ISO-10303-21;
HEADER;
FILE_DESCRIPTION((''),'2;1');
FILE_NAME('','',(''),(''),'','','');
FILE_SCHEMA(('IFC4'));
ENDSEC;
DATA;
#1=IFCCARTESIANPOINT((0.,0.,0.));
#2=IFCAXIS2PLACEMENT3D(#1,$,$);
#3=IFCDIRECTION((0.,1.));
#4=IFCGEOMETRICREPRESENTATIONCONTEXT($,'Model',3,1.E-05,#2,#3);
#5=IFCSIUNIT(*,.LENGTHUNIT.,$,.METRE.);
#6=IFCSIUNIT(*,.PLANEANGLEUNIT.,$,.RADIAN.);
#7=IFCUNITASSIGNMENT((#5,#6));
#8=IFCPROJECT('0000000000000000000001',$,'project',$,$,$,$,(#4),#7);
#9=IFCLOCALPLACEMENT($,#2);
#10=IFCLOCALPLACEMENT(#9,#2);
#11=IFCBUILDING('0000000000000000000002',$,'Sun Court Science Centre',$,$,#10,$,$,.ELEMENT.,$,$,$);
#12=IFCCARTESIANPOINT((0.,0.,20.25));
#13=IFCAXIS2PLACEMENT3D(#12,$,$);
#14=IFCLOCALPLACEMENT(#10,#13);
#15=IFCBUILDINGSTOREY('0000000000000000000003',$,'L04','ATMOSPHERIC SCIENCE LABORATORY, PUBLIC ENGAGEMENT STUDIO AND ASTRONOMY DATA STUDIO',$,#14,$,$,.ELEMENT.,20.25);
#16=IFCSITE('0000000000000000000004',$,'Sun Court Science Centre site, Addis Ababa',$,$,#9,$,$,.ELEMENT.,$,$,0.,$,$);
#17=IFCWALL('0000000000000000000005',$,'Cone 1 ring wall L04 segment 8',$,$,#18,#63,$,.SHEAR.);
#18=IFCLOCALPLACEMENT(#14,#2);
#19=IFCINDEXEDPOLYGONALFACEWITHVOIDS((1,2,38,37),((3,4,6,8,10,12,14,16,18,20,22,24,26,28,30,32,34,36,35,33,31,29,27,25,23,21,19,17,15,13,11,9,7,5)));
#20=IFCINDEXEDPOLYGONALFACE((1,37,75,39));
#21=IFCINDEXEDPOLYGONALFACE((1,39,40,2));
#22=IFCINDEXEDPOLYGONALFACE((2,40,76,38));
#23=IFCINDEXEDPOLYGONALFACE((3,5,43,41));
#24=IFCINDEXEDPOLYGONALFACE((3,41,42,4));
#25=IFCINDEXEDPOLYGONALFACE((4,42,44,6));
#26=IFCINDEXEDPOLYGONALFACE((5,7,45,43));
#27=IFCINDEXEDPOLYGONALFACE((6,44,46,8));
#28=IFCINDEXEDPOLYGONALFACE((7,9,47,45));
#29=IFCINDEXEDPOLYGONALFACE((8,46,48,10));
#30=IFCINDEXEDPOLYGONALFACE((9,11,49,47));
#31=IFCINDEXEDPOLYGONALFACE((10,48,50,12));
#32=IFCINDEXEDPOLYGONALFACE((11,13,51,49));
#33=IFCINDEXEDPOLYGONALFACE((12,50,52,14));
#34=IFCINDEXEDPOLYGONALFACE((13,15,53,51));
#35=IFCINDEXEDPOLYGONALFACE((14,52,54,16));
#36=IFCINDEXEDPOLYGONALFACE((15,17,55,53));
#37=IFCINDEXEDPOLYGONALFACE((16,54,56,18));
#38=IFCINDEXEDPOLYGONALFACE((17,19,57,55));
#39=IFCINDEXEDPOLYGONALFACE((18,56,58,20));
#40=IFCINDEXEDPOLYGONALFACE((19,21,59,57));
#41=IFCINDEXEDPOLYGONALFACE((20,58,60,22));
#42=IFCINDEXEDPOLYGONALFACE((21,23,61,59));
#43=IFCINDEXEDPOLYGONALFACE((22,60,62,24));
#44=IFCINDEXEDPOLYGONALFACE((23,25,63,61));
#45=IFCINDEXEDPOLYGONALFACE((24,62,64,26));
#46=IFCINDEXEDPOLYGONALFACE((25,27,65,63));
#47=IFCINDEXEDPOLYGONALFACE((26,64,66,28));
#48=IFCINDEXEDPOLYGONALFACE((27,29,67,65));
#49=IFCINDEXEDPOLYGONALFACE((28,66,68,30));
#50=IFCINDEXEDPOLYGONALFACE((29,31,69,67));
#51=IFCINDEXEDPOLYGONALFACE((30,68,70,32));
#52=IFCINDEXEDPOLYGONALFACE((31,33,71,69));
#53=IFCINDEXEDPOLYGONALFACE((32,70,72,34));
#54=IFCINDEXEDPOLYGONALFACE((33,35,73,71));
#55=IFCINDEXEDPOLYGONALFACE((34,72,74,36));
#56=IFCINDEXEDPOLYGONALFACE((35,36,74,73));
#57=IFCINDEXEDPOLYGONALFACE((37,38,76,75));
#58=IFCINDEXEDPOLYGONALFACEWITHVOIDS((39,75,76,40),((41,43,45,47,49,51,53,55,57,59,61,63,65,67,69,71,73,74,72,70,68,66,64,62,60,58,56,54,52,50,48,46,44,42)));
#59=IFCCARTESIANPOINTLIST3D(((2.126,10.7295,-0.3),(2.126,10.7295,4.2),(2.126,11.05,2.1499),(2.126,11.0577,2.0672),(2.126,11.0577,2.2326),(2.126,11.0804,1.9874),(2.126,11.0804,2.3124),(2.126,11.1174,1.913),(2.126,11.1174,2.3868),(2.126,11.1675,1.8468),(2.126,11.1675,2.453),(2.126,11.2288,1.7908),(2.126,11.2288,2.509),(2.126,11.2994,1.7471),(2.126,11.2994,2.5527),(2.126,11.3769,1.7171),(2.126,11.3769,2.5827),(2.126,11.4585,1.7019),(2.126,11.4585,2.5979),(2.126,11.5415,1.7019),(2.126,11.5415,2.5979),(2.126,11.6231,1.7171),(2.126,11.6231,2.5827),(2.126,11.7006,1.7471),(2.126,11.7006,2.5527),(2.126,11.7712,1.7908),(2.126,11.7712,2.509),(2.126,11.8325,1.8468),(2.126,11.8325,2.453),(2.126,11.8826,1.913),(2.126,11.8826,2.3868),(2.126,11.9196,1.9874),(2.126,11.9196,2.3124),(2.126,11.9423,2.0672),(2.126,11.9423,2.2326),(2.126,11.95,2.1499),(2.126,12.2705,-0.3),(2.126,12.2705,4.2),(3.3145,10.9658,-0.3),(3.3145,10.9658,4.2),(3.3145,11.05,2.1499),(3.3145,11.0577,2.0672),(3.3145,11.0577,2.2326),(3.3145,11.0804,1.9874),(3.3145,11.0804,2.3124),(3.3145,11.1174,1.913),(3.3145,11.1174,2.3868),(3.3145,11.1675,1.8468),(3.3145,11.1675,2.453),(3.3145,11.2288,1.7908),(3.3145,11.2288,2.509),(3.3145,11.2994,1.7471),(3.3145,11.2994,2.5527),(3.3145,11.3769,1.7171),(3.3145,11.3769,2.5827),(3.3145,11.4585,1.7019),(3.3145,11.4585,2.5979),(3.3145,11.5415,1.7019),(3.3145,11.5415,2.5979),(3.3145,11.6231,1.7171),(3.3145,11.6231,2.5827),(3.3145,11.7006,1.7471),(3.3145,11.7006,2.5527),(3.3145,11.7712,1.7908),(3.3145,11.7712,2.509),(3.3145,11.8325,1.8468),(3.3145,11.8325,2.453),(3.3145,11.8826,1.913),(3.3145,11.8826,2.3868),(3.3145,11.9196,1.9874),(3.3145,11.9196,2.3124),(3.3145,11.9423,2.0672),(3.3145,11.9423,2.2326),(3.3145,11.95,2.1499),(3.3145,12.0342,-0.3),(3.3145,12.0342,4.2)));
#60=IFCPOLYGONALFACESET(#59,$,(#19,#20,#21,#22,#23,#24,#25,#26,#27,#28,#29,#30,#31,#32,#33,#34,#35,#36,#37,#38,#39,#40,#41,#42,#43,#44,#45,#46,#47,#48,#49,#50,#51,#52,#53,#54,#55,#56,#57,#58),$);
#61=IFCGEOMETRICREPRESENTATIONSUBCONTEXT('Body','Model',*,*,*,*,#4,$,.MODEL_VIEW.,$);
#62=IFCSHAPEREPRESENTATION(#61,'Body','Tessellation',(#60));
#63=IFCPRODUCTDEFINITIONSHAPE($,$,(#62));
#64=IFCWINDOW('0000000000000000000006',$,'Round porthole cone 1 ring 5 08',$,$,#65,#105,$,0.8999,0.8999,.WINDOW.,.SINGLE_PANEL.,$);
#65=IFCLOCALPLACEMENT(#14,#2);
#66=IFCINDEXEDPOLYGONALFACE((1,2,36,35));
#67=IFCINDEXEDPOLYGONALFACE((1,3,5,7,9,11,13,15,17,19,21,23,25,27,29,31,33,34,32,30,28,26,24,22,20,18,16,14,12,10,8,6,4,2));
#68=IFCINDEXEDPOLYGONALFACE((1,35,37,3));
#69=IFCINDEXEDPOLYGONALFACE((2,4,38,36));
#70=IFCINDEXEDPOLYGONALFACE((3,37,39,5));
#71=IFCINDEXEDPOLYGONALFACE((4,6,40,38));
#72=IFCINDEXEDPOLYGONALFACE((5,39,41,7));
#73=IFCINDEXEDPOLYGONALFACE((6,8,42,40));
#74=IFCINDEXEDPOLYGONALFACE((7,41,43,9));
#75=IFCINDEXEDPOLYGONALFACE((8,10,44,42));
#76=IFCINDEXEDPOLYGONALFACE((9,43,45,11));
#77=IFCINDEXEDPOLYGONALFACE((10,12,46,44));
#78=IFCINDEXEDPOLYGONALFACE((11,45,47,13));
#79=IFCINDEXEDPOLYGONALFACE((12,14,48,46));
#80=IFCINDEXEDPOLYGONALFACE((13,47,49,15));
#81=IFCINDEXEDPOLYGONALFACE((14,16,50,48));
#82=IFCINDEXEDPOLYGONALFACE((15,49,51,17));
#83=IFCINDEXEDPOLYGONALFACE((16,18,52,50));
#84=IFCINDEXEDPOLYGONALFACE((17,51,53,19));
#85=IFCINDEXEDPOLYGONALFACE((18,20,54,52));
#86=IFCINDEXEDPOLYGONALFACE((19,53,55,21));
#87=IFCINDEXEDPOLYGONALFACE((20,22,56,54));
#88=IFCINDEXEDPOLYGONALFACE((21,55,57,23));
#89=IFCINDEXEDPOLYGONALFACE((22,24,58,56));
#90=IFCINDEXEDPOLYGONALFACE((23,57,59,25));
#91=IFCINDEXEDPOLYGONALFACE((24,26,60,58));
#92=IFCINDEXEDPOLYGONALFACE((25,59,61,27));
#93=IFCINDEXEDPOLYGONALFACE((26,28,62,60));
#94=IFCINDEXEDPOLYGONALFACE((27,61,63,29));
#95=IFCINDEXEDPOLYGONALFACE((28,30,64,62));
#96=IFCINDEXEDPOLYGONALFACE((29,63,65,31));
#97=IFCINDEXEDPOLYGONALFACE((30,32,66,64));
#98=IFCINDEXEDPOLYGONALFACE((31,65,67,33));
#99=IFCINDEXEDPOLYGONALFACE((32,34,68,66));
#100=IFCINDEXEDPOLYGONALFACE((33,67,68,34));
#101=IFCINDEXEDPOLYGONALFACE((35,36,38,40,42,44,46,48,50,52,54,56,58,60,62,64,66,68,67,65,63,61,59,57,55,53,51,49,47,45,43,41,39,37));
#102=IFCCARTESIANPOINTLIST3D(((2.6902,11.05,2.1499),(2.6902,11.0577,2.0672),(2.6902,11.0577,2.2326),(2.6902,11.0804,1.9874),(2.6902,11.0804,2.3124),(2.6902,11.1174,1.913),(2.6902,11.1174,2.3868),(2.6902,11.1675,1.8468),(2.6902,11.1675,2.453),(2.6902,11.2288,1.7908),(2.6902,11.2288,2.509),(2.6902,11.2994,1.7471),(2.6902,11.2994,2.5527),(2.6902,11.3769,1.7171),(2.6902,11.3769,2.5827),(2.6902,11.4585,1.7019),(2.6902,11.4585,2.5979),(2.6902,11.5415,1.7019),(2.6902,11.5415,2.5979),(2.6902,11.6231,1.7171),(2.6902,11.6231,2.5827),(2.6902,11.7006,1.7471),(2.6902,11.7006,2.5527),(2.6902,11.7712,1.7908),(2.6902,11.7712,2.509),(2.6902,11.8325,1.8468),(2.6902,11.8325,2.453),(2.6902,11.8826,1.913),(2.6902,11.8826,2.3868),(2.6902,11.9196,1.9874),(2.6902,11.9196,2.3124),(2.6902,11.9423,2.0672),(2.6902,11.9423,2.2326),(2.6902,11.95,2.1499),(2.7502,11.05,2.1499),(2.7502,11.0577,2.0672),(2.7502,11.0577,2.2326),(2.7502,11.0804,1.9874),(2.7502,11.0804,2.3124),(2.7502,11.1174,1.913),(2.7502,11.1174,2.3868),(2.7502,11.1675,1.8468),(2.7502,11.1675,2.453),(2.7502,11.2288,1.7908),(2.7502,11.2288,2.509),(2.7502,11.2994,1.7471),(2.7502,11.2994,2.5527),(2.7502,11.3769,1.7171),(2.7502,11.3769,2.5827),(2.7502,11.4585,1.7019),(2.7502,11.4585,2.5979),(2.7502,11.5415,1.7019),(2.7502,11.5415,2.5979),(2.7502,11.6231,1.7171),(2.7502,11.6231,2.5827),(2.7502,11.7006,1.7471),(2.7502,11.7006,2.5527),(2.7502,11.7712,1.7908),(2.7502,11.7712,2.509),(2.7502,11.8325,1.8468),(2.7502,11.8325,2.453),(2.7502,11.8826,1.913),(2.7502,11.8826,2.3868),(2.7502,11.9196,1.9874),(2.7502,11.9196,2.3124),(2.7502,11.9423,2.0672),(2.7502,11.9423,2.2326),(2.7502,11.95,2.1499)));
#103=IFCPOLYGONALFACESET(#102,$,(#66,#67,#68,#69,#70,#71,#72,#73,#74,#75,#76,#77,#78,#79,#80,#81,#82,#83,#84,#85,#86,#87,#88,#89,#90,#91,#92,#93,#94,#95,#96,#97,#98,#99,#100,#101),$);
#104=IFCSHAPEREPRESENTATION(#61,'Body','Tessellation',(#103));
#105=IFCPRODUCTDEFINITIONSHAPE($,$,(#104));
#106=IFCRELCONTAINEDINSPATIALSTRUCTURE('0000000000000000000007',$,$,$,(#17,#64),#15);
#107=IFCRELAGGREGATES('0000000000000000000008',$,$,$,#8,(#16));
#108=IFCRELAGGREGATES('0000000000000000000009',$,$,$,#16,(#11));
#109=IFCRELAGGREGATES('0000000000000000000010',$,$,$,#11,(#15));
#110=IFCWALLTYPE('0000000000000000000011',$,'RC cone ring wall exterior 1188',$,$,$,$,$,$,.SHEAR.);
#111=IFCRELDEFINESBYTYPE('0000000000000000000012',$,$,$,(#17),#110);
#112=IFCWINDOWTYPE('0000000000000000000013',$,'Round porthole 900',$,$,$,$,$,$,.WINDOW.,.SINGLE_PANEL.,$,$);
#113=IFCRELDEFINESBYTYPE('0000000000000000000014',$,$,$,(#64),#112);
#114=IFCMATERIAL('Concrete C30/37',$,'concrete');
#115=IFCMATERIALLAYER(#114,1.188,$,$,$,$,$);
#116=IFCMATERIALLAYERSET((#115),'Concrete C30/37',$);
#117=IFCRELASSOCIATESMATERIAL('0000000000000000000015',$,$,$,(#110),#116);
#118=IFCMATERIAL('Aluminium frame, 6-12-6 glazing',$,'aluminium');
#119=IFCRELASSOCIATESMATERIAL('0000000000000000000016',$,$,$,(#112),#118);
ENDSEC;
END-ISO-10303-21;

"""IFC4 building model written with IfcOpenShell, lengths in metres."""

from ifc_helpers import new_model, si_unit, direction, frame, frame_2d, origin, place, context, subcontext, project, spatial, polyline, circle, outline, extrude, material, layer, layer_set, type_object, element, fill, save


model = new_model("IFC4")

# Units and contexts
model_context = context("Model", 3, precision=1e-05, world=origin(), true_north=direction((0.0, 1.0)))
body_context = subcontext(model_context, "Body", "Model", "MODEL_VIEW")
ifc_project = project(units=[si_unit("LENGTHUNIT", "METRE"), si_unit("PLANEANGLEUNIT", "RADIAN")], contexts=[model_context])

# Site, building, storey
site_placement = place(None, origin())
site = spatial("IfcSite", under=ifc_project, at=site_placement, Name="Sun Court Science Centre site, Addis Ababa", CompositionType="ELEMENT", RefElevation=0.0)
building_placement = place(site_placement, origin())
building = spatial("IfcBuilding", under=site, at=building_placement, Name="Sun Court Science Centre", CompositionType="ELEMENT")
storey_placement = place(building_placement, frame((0.0, 0.0, 20.25)))
storey = spatial("IfcBuildingStorey", under=building, at=storey_placement, Name="L04", Description="ATMOSPHERIC SCIENCE LABORATORY, PUBLIC ENGAGEMENT STUDIO AND ASTRONOMY DATA STUDIO", CompositionType="ELEMENT", Elevation=20.25)

# Wall, opening, window
ifc_material_1 = material(Name="Concrete C30/37", Category="concrete")
ifc_layer_1 = layer(ifc_material_1, 1.188)
ifc_layer_set_1 = layer_set([ifc_layer_1], Name="Concrete C30/37")
wall_type_1 = type_object("IfcWallType", Name="RC cone ring wall exterior 1188", PredefinedType="SHEAR", material=ifc_layer_set_1)
ifc_material_2 = material(Name="Aluminium frame, 6-12-6 glazing", Category="aluminium")
window_type = type_object("IfcWindowType", Name="Round porthole 900", PartitioningType="SINGLE_PANEL", PredefinedType="WINDOW", material=ifc_material_2)
wall_1_placement = place(storey_placement, frame((2.7202, 12.2705, -0.3), z_axis=(0.0, 0.0, 1.0), x_axis=(0.0, -1.0, 0.0)))
wall_1 = element("IfcWall", 1, at=wall_1_placement, inside=storey, type_object=wall_type_1, Name="Cone 1 ring wall L04 segment 8", PredefinedType="SHEAR", context=body_context, shape_type="SweptSolid", body=[
    extrude(outline(polyline([(0.0, -0.5942), (1.541, -0.5942), (1.3047, 0.5942), (0.2363, 0.5942), (0.0, -0.5942)])), origin(), (0.0, 0.0, 1.0), 4.5),
])
opening_1_placement = place(wall_1_placement, frame((0.3206, 0.0, 2.0)))
opening_1 = element("IfcOpeningElement", 2, at=opening_1_placement, cuts=wall_1, PredefinedType="OPENING", context=body_context, shape_type="SweptSolid", body=[
    extrude(circle(Radius=0.45, at=frame_2d((0.45, 0.45))), frame((0.0, 0.6042, 0.0), z_axis=(0.0, -1.0, 0.0), x_axis=(1.0, 0.0, 0.0)), (0.0, 0.0, 1.0), 1.2085),
])
window_1_placement = place(opening_1_placement, origin())
window_1 = element("IfcWindow", 3, at=window_1_placement, inside=storey, type_object=window_type, Name="Round porthole cone 1 ring 5 08", OverallHeight=0.8999, OverallWidth=0.8999, PartitioningType="SINGLE_PANEL", PredefinedType="WINDOW", context=body_context, shape_type="SweptSolid", body=[
    extrude(circle(Radius=0.45, at=frame_2d((0.45, 0.45))), frame((0.0, 0.03, 0.0), z_axis=(0.0, -1.0, 0.0), x_axis=(1.0, 0.0, 0.0)), (0.0, 0.0, 1.0), 0.0601),
])
fill(opening_1, window_1)

save(model, "model.ifc")
